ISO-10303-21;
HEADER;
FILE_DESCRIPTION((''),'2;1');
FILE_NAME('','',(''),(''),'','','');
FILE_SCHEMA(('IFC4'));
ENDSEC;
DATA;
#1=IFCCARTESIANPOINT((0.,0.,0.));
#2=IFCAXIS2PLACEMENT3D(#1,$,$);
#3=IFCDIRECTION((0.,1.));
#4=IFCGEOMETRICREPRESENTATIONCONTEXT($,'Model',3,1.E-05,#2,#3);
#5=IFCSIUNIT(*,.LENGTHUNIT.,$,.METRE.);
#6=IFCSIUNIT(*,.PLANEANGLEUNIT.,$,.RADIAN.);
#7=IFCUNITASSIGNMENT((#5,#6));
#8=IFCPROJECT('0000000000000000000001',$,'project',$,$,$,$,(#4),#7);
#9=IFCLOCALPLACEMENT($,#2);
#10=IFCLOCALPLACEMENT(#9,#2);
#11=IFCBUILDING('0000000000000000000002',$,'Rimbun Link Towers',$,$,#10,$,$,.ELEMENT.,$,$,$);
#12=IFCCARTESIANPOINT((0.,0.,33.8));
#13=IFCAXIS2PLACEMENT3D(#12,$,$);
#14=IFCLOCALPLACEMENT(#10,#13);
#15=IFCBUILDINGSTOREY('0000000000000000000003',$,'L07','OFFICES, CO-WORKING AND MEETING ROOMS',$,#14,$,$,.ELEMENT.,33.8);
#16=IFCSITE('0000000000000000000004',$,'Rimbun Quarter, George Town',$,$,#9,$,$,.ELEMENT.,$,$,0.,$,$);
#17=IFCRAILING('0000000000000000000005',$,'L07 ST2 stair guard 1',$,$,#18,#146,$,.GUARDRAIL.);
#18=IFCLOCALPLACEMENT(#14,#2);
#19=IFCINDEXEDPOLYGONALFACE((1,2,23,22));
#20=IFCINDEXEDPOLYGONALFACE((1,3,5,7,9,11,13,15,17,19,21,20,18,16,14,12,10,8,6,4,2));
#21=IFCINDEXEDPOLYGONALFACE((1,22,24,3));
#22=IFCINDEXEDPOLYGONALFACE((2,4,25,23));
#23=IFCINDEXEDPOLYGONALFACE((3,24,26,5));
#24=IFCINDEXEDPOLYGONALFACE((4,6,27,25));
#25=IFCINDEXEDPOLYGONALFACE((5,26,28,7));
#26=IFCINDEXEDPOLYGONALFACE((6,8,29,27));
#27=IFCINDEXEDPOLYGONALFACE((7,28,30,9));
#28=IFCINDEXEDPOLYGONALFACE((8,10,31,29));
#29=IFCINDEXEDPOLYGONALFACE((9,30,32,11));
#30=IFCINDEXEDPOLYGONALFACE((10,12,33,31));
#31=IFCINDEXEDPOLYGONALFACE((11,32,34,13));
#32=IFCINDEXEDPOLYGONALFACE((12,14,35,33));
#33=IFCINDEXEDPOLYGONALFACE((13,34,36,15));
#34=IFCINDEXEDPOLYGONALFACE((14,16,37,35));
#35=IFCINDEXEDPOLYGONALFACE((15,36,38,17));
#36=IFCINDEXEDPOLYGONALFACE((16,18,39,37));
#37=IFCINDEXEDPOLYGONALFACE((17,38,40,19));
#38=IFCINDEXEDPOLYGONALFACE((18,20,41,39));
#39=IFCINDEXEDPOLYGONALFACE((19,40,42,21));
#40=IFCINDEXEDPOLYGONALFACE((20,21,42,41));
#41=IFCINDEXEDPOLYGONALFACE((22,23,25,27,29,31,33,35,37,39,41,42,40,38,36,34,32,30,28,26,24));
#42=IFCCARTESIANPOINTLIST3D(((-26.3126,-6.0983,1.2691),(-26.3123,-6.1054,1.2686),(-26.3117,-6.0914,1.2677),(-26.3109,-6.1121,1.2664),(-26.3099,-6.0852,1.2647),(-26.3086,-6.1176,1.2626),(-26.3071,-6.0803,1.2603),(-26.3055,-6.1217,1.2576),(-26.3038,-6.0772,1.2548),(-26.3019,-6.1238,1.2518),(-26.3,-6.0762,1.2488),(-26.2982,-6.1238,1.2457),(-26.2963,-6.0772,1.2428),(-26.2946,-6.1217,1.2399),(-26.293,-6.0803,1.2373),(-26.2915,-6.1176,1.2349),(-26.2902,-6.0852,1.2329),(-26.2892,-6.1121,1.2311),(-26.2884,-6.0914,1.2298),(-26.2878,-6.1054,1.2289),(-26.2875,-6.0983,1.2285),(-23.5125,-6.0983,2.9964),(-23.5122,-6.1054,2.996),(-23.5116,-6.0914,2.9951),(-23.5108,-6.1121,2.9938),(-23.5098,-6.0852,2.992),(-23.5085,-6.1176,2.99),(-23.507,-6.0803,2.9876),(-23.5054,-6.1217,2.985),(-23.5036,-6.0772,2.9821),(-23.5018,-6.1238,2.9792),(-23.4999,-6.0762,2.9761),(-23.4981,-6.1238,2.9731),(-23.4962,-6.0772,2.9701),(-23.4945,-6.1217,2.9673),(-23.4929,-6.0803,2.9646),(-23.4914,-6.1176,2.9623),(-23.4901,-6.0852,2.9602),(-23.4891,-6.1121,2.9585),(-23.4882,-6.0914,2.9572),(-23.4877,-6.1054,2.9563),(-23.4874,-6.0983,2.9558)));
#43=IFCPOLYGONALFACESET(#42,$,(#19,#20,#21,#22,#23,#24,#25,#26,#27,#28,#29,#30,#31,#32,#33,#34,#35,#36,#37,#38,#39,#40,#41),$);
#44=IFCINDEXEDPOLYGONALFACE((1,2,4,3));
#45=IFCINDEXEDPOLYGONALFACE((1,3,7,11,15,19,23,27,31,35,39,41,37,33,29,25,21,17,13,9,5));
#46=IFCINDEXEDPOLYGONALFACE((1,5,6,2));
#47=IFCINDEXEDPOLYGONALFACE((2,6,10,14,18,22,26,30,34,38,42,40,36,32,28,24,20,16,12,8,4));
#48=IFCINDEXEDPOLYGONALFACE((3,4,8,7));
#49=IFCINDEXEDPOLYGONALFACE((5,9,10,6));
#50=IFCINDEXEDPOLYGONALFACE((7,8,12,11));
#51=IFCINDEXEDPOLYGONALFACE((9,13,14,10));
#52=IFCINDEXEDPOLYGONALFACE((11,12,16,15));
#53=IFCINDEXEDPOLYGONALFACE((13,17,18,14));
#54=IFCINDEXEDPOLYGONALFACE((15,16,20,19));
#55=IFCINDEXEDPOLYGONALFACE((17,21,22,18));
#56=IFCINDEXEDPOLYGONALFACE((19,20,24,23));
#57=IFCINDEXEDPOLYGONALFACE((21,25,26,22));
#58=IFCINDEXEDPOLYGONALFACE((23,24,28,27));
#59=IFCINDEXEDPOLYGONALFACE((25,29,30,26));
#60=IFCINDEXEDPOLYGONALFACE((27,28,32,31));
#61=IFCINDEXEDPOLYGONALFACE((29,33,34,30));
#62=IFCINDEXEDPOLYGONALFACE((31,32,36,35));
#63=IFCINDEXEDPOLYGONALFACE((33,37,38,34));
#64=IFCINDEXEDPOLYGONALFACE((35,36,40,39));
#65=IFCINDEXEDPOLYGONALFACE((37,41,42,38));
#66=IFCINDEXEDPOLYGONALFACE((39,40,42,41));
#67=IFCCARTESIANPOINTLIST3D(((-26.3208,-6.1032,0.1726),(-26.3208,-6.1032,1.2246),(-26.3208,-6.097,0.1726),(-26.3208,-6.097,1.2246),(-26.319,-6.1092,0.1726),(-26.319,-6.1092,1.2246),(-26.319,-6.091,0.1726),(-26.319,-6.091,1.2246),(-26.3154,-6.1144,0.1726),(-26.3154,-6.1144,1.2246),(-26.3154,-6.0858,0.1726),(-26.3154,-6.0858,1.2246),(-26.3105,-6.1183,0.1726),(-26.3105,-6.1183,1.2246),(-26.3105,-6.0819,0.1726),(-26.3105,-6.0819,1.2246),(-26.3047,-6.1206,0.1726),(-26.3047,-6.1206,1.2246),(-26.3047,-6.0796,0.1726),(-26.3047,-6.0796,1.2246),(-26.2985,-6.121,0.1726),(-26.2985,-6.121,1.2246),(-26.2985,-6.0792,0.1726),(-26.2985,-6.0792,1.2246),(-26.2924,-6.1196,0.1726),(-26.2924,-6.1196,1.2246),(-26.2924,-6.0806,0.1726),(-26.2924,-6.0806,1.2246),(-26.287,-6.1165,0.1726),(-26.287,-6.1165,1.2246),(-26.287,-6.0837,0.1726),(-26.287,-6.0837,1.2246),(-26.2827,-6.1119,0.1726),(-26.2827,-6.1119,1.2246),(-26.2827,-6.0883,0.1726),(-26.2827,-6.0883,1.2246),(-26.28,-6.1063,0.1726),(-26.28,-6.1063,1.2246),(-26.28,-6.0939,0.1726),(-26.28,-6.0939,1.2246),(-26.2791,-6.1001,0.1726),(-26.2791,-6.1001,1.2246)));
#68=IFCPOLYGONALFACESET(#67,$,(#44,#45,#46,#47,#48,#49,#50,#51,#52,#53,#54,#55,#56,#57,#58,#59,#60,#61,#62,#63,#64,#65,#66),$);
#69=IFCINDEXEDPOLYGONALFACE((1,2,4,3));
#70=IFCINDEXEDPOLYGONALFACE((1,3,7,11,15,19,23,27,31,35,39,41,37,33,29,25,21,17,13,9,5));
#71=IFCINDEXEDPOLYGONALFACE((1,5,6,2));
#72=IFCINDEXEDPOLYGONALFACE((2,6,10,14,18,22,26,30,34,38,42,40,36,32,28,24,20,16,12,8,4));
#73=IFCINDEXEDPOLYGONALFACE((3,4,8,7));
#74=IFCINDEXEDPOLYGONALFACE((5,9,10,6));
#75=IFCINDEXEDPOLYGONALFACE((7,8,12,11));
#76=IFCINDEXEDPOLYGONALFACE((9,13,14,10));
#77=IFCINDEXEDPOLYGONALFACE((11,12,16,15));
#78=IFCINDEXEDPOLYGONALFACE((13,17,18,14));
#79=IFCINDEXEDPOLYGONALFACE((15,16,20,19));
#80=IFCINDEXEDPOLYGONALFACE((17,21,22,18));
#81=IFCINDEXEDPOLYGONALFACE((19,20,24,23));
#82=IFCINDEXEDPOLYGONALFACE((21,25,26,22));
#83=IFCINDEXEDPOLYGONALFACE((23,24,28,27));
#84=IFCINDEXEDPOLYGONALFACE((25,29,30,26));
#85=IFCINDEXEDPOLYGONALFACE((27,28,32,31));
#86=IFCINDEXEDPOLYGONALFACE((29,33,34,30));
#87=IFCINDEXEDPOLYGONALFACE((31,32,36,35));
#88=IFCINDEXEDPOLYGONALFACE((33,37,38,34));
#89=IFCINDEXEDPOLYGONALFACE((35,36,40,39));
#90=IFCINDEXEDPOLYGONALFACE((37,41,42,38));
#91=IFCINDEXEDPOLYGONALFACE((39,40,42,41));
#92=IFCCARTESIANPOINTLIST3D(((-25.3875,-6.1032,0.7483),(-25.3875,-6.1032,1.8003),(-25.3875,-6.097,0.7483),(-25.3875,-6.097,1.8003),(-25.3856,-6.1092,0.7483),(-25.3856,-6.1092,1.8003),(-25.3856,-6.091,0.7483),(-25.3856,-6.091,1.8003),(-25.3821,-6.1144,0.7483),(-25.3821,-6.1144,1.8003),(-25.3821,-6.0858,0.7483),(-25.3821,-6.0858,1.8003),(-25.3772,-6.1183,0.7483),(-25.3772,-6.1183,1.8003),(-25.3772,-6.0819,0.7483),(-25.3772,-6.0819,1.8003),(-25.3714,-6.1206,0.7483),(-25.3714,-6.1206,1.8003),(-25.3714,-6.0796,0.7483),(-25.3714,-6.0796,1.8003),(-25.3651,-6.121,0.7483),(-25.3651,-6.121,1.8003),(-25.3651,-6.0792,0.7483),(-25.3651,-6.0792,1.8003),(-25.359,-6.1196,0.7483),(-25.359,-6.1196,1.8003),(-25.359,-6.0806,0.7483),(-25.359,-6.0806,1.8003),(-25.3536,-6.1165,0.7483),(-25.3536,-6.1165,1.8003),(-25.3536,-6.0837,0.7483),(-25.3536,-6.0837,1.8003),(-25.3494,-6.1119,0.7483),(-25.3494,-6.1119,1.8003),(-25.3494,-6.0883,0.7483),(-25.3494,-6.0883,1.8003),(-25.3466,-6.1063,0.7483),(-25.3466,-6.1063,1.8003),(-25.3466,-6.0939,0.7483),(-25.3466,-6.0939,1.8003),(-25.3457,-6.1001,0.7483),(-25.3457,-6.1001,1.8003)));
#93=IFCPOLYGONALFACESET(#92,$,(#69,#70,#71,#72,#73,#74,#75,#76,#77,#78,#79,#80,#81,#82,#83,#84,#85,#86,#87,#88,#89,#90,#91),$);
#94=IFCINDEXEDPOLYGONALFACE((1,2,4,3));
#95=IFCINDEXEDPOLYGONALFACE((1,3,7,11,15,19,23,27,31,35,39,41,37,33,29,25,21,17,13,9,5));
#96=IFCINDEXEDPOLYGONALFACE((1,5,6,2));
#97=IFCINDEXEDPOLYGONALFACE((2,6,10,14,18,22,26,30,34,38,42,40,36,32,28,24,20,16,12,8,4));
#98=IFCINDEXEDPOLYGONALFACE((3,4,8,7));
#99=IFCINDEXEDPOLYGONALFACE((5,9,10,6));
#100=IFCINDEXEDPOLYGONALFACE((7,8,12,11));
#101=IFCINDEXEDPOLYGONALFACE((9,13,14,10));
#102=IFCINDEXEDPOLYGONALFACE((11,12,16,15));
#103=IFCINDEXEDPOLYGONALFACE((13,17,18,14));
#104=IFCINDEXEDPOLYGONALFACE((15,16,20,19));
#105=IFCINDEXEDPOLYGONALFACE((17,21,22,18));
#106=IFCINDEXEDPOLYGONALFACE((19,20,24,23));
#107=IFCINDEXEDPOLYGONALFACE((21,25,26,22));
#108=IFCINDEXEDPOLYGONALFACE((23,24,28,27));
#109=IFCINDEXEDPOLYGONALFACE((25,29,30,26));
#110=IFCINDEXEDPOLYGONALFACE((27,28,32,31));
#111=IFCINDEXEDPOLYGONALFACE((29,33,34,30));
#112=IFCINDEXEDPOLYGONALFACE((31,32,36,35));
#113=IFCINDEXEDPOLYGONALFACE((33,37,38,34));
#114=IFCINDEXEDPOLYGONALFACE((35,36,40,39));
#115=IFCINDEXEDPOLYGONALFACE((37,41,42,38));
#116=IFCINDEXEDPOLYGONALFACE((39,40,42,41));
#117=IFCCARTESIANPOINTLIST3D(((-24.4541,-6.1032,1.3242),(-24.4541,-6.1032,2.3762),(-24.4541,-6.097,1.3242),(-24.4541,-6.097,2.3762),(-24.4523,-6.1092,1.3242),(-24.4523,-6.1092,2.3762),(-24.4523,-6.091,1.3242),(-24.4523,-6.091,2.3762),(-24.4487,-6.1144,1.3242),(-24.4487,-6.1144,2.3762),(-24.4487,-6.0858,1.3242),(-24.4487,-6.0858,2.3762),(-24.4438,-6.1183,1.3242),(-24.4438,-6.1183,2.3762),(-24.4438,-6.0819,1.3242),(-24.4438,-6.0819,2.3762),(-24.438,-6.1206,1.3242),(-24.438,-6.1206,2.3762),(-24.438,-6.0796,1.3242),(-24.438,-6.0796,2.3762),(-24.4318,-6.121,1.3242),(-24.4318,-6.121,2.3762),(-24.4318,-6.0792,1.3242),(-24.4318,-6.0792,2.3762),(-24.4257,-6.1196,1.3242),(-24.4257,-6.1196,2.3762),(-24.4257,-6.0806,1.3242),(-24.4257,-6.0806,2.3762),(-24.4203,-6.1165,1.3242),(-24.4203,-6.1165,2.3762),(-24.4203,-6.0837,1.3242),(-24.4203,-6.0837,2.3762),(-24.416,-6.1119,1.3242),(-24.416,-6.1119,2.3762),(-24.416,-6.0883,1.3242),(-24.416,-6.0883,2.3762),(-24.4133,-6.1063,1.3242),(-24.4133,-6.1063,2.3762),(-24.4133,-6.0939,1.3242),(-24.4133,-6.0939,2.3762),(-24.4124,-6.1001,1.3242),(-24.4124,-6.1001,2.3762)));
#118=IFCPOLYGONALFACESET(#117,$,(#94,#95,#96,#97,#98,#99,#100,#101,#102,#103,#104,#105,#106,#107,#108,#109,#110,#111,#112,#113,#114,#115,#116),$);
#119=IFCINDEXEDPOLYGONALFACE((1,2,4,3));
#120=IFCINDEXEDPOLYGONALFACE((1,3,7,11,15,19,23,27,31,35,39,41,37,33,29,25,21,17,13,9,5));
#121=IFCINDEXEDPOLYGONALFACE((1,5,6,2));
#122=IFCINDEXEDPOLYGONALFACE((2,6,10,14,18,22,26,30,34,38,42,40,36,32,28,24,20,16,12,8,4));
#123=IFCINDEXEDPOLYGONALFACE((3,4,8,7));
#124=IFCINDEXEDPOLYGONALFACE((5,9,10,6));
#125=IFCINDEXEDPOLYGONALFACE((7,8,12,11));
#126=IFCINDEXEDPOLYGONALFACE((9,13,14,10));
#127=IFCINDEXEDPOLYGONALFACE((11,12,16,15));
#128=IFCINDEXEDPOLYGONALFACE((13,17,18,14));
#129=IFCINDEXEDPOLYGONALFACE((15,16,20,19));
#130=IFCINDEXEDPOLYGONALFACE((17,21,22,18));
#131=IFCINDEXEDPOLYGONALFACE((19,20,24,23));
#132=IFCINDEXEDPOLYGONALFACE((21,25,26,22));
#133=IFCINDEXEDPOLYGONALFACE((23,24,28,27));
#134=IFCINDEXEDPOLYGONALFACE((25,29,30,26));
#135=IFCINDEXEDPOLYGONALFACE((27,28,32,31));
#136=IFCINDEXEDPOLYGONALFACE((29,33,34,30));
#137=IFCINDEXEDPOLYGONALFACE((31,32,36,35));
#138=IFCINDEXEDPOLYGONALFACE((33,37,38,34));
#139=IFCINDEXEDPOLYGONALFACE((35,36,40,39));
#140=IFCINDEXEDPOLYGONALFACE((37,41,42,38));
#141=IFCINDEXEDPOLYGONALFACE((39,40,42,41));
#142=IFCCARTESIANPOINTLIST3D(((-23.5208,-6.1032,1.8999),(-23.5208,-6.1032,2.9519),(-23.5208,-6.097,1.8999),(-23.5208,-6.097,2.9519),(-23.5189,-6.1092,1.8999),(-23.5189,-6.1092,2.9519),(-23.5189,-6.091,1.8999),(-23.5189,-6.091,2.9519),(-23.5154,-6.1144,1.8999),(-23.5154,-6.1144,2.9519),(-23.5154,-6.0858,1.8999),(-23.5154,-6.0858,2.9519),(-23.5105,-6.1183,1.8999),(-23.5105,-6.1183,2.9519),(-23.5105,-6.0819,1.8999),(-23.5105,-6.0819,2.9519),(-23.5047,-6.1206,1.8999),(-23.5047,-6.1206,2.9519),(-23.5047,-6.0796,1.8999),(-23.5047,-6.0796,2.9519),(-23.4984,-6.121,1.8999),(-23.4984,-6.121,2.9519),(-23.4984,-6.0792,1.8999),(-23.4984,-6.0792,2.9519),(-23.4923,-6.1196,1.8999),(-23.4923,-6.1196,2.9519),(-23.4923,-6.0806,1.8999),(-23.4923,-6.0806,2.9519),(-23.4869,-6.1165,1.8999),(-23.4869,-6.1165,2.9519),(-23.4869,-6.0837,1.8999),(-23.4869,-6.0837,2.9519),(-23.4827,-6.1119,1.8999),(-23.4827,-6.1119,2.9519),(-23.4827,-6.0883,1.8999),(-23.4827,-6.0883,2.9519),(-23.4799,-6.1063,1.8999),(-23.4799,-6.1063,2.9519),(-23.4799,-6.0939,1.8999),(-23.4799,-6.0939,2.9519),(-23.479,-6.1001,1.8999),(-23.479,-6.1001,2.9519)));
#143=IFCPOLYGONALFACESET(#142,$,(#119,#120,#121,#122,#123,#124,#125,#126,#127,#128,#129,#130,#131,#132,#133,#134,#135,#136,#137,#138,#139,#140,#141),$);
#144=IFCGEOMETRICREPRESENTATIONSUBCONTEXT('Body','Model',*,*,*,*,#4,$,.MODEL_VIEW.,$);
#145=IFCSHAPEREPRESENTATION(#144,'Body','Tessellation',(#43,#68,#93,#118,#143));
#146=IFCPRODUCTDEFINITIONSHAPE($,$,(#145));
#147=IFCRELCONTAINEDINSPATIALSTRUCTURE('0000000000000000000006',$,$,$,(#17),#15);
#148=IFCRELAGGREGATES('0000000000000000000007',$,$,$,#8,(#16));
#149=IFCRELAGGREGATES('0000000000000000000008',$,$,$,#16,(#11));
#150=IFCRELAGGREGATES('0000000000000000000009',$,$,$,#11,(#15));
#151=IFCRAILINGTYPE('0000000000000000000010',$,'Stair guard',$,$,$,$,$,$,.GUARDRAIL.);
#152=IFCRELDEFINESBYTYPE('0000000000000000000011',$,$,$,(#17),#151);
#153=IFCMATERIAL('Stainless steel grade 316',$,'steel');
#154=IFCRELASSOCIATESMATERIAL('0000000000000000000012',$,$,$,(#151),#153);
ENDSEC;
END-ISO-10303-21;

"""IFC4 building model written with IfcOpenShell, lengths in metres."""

from ifc_helpers import new_model, si_unit, direction, frame, origin, origin_2d, place, context, subcontext, project, spatial, circle, extrude, material, type_object, element, save


model = new_model("IFC4")

# Units and contexts
model_context = context("Model", 3, precision=1e-05, world=origin(), true_north=direction((0.0, 1.0)))
body_context = subcontext(model_context, "Body", "Model", "MODEL_VIEW")
ifc_project = project(units=[si_unit("LENGTHUNIT", "METRE"), si_unit("PLANEANGLEUNIT", "RADIAN")], contexts=[model_context])

# Site, building, storey
site_placement = place(None, origin())
site = spatial("IfcSite", under=ifc_project, at=site_placement, Name="Rimbun Quarter, George Town", CompositionType="ELEMENT", RefElevation=0.0)
building_placement = place(site_placement, origin())
building = spatial("IfcBuilding", under=site, at=building_placement, Name="Rimbun Link Towers", CompositionType="ELEMENT")
storey_placement = place(building_placement, frame((0.0, 0.0, 33.8)))
storey = spatial("IfcBuildingStorey", under=building, at=storey_placement, Name="L07", Description="OFFICES, CO-WORKING AND MEETING ROOMS", CompositionType="ELEMENT", Elevation=33.8)

# Railing
ifc_material_1 = material(Name="Stainless steel grade 316", Category="steel")
railing_type_1 = type_object("IfcRailingType", Name="Stair guard", PredefinedType="GUARDRAIL", material=ifc_material_1)
railing_1_placement = place(storey_placement, frame((-26.3, -6.1001, 0.1726)))
element("IfcRailing", 1, at=railing_1_placement, inside=storey, type_object=railing_type_1, Name="L07 ST2 stair guard 1", PredefinedType="GUARDRAIL", context=body_context, shape_type="SweptSolid", body=[
    extrude(circle(Radius=0.0239, at=origin_2d()), frame((0.0, 0.0, 1.0762), z_axis=(0.85109, 0.0, 0.52502), x_axis=(0.0, 1.0, 0.0)), (0.0, 0.0, 1.0), 3.29),
    extrude(circle(Radius=0.021, at=origin_2d()), origin(), (0.0, 0.0, 1.0), 1.052),
    extrude(circle(Radius=0.021, at=origin_2d()), frame((0.9333, 0.0, 0.5757)), (0.0, 0.0, 1.0), 1.052),
    extrude(circle(Radius=0.021, at=origin_2d()), frame((1.8667, 0.0, 1.1516)), (0.0, 0.0, 1.0), 1.052),
    extrude(circle(Radius=0.021, at=origin_2d()), frame((2.8, 0.0, 1.7273)), (0.0, 0.0, 1.0), 1.052),
])

save(model, "model.ifc")
